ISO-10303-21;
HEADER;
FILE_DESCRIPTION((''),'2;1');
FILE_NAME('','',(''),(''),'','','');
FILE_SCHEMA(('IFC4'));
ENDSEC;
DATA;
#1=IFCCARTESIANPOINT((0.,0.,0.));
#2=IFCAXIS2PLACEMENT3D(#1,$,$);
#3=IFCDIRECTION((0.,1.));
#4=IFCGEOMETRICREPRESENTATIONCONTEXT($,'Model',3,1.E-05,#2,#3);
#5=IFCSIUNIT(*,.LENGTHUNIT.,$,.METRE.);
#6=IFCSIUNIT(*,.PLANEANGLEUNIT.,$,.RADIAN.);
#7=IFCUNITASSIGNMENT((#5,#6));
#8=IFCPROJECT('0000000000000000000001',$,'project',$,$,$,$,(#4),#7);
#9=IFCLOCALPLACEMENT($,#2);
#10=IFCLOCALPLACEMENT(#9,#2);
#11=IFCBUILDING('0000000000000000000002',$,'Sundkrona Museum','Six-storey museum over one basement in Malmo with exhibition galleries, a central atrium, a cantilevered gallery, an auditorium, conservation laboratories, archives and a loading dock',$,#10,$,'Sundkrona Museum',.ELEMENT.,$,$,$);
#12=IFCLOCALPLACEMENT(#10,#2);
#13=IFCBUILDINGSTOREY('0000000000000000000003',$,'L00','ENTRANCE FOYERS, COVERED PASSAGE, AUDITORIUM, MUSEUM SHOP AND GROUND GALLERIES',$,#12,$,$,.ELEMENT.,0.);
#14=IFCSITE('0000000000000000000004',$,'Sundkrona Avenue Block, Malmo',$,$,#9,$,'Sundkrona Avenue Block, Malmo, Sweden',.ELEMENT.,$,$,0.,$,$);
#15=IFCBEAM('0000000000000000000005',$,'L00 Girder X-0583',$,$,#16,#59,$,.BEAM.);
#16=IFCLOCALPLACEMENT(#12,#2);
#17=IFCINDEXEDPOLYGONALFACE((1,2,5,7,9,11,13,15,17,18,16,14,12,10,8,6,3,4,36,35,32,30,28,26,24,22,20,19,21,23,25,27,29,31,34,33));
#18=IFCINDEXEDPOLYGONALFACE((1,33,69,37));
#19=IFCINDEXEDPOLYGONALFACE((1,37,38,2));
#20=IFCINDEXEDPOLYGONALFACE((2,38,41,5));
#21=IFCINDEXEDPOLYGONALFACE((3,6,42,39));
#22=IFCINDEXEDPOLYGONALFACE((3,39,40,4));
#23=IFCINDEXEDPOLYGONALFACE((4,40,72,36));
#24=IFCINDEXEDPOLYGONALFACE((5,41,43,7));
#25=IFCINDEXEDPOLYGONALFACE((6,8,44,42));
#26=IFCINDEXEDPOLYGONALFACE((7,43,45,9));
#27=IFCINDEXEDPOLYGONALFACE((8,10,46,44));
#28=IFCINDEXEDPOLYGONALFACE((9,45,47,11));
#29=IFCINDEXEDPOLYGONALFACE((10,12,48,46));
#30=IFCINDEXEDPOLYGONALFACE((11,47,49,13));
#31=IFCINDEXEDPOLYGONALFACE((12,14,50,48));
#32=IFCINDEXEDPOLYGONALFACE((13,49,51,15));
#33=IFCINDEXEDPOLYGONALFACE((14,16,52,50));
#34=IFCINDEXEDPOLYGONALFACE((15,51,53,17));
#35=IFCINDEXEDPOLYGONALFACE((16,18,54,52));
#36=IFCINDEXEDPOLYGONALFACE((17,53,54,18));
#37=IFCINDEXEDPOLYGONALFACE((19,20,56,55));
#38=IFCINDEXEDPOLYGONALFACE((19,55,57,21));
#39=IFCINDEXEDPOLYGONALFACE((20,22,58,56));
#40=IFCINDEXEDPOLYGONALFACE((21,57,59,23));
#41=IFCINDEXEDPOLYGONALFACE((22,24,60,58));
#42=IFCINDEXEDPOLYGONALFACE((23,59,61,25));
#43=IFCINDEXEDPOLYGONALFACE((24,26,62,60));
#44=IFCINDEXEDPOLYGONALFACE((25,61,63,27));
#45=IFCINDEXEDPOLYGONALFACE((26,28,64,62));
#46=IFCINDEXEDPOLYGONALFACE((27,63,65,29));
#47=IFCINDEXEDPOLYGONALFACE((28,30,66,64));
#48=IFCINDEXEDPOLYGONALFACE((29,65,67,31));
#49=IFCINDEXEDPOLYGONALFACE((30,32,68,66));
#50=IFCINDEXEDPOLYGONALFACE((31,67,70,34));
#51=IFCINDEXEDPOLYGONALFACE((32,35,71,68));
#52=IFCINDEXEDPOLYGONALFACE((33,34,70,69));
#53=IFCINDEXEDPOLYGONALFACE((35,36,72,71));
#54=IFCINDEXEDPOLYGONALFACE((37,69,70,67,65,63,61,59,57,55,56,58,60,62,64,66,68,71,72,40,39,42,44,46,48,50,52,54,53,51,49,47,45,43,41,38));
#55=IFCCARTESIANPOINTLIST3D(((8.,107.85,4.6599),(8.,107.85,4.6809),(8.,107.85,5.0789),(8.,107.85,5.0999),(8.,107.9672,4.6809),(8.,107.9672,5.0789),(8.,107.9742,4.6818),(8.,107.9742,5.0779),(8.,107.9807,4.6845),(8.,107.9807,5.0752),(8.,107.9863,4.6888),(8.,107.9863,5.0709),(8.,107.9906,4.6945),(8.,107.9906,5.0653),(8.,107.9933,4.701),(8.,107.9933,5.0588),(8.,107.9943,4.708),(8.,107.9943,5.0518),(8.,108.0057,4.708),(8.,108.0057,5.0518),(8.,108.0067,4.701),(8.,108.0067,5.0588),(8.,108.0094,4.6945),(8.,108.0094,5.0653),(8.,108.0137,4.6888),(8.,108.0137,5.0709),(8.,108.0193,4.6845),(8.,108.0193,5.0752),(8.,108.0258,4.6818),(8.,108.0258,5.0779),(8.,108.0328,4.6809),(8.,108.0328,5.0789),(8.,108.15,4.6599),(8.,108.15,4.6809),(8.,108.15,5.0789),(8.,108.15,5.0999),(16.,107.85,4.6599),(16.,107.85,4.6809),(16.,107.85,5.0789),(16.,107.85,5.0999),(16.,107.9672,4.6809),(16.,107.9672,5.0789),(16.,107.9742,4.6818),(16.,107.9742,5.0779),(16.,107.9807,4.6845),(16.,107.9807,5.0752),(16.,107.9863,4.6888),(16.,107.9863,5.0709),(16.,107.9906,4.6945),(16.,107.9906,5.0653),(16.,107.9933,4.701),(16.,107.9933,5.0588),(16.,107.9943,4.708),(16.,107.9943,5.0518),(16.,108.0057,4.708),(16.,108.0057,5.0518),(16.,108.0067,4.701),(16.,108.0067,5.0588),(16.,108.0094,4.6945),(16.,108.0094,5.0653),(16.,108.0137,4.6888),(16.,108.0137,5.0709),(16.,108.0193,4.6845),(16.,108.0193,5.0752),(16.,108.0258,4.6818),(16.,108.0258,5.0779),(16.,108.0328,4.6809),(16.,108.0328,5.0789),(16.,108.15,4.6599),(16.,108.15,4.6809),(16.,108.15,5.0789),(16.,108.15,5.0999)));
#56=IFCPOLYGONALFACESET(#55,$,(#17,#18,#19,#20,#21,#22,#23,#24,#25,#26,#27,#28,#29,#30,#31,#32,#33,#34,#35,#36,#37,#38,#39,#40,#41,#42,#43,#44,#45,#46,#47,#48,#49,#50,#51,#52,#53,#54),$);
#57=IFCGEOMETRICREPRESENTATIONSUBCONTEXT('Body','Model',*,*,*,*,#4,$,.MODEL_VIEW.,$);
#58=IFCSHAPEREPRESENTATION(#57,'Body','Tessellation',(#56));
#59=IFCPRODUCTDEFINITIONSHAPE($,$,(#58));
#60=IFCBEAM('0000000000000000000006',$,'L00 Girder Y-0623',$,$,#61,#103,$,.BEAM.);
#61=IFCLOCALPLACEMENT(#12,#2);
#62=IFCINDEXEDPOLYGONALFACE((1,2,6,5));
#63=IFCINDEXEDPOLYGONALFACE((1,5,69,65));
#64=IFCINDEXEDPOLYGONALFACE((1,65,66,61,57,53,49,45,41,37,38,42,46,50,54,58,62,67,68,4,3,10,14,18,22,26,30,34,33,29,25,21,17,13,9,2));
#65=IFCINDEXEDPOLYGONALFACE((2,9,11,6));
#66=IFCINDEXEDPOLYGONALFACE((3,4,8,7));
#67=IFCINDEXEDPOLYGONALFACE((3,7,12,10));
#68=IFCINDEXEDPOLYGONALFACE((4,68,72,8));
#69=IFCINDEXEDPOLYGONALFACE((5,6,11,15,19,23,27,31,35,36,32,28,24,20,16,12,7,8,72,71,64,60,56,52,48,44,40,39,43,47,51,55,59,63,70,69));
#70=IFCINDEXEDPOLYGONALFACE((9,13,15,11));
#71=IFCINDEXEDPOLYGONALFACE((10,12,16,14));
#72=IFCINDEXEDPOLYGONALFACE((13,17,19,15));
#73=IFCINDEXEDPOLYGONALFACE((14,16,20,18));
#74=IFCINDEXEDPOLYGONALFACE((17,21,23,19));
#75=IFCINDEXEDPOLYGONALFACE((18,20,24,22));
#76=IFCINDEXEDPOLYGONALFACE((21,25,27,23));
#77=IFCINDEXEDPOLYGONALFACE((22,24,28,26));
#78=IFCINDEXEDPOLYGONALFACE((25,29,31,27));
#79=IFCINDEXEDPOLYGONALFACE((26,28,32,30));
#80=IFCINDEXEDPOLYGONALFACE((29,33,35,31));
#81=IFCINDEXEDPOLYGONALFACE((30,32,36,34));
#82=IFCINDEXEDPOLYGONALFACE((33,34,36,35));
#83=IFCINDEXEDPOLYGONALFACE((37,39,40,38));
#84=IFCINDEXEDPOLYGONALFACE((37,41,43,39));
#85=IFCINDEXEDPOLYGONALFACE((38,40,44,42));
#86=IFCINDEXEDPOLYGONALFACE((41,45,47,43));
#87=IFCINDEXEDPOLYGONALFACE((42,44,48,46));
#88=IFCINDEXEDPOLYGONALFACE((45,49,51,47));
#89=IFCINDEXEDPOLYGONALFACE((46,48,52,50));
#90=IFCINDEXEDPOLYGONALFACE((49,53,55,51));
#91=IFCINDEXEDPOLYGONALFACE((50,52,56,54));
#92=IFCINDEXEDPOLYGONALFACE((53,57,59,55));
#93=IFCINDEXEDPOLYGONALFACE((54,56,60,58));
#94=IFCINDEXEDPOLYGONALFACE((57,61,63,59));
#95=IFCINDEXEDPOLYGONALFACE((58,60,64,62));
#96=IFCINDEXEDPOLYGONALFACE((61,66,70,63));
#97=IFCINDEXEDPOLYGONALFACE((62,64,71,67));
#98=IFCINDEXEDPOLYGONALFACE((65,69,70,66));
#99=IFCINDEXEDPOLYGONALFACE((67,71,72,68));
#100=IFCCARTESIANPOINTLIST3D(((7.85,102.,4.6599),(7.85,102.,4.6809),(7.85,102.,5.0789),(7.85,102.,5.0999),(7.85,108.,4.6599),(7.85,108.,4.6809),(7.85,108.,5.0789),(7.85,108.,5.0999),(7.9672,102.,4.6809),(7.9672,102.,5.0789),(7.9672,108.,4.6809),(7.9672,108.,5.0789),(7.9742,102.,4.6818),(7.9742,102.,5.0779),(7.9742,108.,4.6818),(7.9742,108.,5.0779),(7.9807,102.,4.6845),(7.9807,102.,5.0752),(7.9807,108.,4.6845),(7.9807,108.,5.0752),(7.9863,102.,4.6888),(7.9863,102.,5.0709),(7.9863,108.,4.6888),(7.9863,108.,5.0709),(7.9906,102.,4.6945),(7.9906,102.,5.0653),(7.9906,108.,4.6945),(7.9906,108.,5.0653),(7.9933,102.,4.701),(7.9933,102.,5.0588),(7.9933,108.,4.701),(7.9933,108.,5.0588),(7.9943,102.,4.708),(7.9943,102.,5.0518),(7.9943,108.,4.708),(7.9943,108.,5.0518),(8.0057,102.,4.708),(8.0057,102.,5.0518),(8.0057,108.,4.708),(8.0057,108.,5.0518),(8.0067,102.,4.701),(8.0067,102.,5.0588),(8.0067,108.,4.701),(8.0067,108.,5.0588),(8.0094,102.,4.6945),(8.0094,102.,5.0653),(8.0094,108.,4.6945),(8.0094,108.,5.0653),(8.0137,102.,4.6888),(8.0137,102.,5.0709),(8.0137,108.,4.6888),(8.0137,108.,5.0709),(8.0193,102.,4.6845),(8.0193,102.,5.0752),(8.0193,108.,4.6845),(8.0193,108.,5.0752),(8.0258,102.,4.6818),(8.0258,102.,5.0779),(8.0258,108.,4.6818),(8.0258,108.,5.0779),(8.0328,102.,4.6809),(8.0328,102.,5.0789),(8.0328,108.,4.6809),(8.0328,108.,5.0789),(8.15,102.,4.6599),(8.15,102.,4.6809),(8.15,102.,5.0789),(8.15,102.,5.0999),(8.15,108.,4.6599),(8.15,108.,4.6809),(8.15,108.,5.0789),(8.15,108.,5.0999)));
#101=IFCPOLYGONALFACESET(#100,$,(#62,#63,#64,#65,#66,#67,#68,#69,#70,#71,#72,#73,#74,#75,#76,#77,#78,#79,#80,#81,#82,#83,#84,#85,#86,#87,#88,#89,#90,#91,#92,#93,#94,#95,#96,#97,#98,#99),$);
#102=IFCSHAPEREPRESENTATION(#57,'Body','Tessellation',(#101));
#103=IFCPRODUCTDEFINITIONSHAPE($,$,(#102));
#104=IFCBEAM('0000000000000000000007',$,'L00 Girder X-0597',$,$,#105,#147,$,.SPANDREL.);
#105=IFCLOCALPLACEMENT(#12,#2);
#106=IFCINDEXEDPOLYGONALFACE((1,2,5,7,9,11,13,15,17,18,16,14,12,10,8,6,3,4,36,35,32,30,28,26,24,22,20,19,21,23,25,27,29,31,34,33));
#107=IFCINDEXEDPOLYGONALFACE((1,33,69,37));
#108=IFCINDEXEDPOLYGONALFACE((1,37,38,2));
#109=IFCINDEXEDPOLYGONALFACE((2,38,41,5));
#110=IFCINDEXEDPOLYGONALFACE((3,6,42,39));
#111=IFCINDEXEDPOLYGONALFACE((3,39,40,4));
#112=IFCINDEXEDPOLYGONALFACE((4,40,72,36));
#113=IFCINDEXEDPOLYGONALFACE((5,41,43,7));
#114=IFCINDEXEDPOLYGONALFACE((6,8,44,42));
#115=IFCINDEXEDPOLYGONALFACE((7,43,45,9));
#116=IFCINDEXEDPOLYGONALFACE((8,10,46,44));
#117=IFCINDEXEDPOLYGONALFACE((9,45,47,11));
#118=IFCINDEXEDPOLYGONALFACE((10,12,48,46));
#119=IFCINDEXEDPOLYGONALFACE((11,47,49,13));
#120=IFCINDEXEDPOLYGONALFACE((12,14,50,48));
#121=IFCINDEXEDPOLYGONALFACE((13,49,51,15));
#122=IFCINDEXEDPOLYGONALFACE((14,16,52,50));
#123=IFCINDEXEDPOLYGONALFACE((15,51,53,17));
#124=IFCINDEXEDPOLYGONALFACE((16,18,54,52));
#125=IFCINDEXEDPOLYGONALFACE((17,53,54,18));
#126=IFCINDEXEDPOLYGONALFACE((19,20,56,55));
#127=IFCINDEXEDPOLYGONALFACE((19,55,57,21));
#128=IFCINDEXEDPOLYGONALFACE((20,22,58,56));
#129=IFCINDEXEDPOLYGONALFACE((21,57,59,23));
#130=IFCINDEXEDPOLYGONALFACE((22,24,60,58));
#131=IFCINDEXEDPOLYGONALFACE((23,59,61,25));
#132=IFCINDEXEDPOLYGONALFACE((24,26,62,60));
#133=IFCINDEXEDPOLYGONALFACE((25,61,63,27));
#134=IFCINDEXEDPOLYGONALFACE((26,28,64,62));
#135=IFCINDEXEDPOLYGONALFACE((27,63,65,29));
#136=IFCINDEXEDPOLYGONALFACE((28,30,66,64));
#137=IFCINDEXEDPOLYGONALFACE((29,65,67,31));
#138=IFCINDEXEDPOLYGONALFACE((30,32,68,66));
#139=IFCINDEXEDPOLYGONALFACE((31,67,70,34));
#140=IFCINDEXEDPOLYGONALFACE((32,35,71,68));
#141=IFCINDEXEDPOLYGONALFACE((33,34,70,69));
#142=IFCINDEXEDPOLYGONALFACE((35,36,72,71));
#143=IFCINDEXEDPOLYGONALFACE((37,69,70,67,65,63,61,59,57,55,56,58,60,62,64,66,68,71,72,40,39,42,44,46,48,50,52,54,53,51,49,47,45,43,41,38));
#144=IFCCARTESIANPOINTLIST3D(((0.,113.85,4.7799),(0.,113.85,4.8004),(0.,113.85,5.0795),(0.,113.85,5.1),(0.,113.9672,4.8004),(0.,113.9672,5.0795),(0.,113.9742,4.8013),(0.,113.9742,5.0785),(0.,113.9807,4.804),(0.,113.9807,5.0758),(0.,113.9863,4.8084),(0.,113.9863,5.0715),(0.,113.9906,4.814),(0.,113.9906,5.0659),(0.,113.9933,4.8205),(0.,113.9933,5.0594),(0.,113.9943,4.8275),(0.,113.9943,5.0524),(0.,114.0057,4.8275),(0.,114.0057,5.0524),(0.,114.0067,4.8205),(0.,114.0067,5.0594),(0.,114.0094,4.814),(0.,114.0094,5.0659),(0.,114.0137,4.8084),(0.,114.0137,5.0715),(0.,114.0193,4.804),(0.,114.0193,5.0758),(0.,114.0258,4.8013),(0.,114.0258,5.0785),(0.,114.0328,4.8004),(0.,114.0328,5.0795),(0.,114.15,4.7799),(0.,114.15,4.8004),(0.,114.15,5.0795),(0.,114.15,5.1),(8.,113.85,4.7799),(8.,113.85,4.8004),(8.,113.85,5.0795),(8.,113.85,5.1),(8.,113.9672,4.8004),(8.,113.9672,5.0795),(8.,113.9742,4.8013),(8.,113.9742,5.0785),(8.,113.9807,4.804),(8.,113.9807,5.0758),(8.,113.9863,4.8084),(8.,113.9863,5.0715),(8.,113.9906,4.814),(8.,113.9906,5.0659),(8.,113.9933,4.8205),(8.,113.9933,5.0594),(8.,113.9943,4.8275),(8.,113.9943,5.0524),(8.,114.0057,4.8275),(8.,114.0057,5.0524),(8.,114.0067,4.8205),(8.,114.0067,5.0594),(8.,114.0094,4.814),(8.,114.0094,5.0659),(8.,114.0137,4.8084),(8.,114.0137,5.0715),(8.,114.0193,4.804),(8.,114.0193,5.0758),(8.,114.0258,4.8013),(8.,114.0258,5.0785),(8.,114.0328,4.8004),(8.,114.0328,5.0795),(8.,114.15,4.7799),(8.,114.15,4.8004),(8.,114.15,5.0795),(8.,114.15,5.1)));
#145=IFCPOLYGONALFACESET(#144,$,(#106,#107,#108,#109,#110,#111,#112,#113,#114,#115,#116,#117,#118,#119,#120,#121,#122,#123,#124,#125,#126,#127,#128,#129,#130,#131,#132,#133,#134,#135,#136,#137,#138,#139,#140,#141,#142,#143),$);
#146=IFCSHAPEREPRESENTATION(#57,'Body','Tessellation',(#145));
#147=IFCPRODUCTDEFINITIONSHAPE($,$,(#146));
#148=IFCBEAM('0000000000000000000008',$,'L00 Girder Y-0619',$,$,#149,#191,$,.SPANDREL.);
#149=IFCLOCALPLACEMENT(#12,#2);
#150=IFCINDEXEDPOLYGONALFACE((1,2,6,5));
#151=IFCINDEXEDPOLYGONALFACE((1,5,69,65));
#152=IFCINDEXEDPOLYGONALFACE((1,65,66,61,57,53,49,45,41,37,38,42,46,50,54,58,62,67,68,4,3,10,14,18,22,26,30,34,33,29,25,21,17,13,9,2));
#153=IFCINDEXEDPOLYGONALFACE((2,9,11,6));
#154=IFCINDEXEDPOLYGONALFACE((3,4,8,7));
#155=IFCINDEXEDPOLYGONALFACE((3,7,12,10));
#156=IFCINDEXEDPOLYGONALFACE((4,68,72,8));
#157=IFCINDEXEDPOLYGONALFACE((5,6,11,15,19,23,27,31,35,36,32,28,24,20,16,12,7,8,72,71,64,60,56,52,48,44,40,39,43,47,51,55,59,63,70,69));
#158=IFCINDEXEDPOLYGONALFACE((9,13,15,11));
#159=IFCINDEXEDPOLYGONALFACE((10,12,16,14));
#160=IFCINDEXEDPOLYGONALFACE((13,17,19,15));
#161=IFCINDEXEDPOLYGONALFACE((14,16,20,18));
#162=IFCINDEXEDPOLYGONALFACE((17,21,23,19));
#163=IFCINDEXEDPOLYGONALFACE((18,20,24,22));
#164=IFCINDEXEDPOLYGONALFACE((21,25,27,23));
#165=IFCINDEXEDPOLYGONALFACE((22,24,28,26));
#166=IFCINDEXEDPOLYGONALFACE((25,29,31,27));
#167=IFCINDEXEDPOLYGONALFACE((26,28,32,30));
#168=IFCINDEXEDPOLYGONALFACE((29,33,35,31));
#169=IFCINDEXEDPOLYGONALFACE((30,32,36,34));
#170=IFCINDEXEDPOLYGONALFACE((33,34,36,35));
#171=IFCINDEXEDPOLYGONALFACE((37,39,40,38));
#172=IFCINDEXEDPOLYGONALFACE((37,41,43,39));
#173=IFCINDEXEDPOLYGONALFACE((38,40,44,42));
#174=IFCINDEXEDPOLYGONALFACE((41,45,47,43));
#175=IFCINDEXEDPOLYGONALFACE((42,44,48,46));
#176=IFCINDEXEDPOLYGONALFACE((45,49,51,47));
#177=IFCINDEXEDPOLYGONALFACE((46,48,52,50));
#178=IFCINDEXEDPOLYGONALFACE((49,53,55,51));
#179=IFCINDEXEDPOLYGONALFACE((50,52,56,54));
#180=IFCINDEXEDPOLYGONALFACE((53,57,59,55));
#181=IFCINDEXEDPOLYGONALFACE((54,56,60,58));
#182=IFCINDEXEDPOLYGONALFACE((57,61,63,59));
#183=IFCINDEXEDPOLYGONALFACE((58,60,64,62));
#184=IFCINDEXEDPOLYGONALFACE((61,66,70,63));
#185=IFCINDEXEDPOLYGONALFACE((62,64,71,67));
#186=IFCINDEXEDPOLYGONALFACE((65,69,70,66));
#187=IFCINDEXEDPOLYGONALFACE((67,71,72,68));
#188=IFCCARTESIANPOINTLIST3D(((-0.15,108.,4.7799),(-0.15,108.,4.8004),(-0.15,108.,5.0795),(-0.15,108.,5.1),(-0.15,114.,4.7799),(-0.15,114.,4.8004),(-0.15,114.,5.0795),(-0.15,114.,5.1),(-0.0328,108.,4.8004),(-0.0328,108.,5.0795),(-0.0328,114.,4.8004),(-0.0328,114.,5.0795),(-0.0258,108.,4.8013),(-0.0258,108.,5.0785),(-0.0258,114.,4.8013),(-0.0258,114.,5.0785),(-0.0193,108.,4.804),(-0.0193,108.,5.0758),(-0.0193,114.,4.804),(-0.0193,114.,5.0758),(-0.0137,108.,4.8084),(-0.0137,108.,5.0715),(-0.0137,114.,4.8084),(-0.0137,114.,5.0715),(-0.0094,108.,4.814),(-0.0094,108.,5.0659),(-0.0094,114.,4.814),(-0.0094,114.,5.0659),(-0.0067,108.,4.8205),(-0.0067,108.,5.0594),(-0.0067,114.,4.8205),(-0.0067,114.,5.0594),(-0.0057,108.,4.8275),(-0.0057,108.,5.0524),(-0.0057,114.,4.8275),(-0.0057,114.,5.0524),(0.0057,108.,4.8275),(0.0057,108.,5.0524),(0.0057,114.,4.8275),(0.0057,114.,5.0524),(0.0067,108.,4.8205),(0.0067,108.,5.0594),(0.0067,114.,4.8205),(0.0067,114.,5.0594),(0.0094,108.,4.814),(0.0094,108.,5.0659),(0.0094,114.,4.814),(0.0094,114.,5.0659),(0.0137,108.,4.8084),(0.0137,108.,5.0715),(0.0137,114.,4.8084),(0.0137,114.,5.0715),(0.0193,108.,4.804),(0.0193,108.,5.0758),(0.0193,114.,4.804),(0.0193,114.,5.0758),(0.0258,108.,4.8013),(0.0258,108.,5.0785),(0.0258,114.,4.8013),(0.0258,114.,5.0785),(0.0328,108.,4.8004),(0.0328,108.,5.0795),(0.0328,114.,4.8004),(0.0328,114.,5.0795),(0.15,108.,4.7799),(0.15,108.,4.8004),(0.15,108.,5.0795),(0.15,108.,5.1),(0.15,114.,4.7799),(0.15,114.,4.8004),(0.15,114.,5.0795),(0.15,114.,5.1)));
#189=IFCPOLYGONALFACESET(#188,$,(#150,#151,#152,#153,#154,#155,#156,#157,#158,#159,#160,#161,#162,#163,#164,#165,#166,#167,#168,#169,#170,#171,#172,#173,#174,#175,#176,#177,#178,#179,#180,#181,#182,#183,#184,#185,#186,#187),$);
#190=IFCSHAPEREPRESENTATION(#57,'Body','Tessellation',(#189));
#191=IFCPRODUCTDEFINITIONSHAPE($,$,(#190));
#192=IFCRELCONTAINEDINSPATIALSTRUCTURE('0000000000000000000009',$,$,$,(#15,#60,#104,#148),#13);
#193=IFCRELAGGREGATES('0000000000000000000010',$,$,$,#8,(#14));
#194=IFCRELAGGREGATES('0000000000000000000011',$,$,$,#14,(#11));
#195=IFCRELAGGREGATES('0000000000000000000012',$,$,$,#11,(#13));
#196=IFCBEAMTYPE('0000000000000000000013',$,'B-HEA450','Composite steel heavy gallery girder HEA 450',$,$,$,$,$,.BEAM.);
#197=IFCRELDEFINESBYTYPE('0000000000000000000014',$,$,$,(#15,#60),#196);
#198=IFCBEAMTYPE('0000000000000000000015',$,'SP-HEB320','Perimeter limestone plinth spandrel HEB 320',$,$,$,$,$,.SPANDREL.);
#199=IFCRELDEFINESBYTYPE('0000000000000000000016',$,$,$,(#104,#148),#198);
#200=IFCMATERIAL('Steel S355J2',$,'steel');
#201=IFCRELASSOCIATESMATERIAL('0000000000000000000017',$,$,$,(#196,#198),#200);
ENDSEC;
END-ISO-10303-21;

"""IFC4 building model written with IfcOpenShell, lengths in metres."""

from ifc_helpers import new_model, si_unit, direction, frame, origin, origin_2d, place, context, subcontext, project, spatial, i_section, extrude, material, material_profile, profile_set, type_object, element, save


model = new_model("IFC4")

# Units and contexts
model_context = context("Model", 3, precision=1e-05, world=origin(), true_north=direction((0.0, 1.0)))
body_context = subcontext(model_context, "Body", "Model", "MODEL_VIEW")
ifc_project = project(units=[si_unit("LENGTHUNIT", "METRE"), si_unit("PLANEANGLEUNIT", "RADIAN")], contexts=[model_context])

# Site, building, storey
site_placement = place(None, origin())
site = spatial("IfcSite", under=ifc_project, at=site_placement, Name="Sundkrona Avenue Block, Malmo", LongName="Sundkrona Avenue Block, Malmo, Sweden", CompositionType="ELEMENT", RefElevation=0.0)
building_placement = place(site_placement, origin())
building = spatial("IfcBuilding", under=site, at=building_placement, Name="Sundkrona Museum", Description="Six-storey museum over one basement in Malmo with exhibition galleries, a central atrium, a cantilevered gallery, an auditorium, conservation laboratories, archives and a loading dock", LongName="Sundkrona Museum", CompositionType="ELEMENT")
storey_placement = place(building_placement, origin())
storey = spatial("IfcBuildingStorey", under=building, at=storey_placement, Name="L00", Description="ENTRANCE FOYERS, COVERED PASSAGE, AUDITORIUM, MUSEUM SHOP AND GROUND GALLERIES", CompositionType="ELEMENT", Elevation=0.0)

# Shared definitions
ifc_material_1 = material(Name="Steel S355J2", Category="steel")

# Beams
ifc_material_profile_1 = material_profile(ifc_material_1, i_section(OverallWidth=0.3, OverallDepth=0.4399, WebThickness=0.0115, FlangeThickness=0.021, FilletRadius=0.0271, at=origin_2d()), Name="HEA 450")
ifc_profile_set_1 = profile_set([ifc_material_profile_1], Name="Steel S355J2")
beam_type_1 = type_object("IfcBeamType", Name="B-HEA450", Description="Composite steel heavy gallery girder HEA 450", PredefinedType="BEAM", material=ifc_profile_set_1)
for number, where, z_axis, x_axis, name in (
    (1, (8.0, 108.0, 4.8799), (1.0, 0.0, 0.0), (0.0, 1.0, 0.0), "L00 Girder X-0583"),
):
    element("IfcBeam", number, at=place(storey_placement, frame(where, z_axis=z_axis, x_axis=x_axis)), inside=storey, type_object=beam_type_1, Name=name, PredefinedType="BEAM", context=body_context, shape_type="SweptSolid", body=[
        extrude(i_section(OverallWidth=0.3, OverallDepth=0.4399, WebThickness=0.0115, FlangeThickness=0.021, FilletRadius=0.0271, at=origin_2d()), origin(), (0.0, 0.0, 1.0), 8.0),
    ])
beam_1_placement = place(storey_placement, frame((8.0, 102.0, 4.8799), z_axis=(0.0, 1.0, 0.0), x_axis=(-1.0, 0.0, 0.0)))
element("IfcBeam", 2, at=beam_1_placement, inside=storey, type_object=beam_type_1, Name="L00 Girder Y-0623", PredefinedType="BEAM", context=body_context, shape_type="SweptSolid", body=[
    extrude(i_section(OverallWidth=0.3, OverallDepth=0.4399, WebThickness=0.0115, FlangeThickness=0.021, FilletRadius=0.0271, at=origin_2d()), origin(), (0.0, 0.0, 1.0), 6.0),
])
ifc_material_profile_2 = material_profile(ifc_material_1, i_section(OverallWidth=0.3, OverallDepth=0.3201, WebThickness=0.0115, FlangeThickness=0.0205, FilletRadius=0.0271, at=origin_2d()), Name="HEB 320")
ifc_profile_set_2 = profile_set([ifc_material_profile_2], Name="Steel S355J2")
beam_type_2 = type_object("IfcBeamType", Name="SP-HEB320", Description="Perimeter limestone plinth spandrel HEB 320", PredefinedType="SPANDREL", material=ifc_profile_set_2)
beam_2_placement = place(storey_placement, frame((0.0, 114.0, 4.9399), z_axis=(1.0, 0.0, 0.0), x_axis=(0.0, 1.0, 0.0)))
element("IfcBeam", 3, at=beam_2_placement, inside=storey, type_object=beam_type_2, Name="L00 Girder X-0597", PredefinedType="SPANDREL", context=body_context, shape_type="SweptSolid", body=[
    extrude(i_section(OverallWidth=0.3, OverallDepth=0.3201, WebThickness=0.0115, FlangeThickness=0.0205, FilletRadius=0.0271, at=origin_2d()), origin(), (0.0, 0.0, 1.0), 8.0),
])
beam_3_placement = place(storey_placement, frame((0.0, 108.0, 4.9399), z_axis=(0.0, 1.0, 0.0), x_axis=(-1.0, 0.0, 0.0)))
element("IfcBeam", 4, at=beam_3_placement, inside=storey, type_object=beam_type_2, Name="L00 Girder Y-0619", PredefinedType="SPANDREL", context=body_context, shape_type="SweptSolid", body=[
    extrude(i_section(OverallWidth=0.3, OverallDepth=0.3201, WebThickness=0.0115, FlangeThickness=0.0205, FilletRadius=0.0271, at=origin_2d()), origin(), (0.0, 0.0, 1.0), 6.0),
])

save(model, "model.ifc")
